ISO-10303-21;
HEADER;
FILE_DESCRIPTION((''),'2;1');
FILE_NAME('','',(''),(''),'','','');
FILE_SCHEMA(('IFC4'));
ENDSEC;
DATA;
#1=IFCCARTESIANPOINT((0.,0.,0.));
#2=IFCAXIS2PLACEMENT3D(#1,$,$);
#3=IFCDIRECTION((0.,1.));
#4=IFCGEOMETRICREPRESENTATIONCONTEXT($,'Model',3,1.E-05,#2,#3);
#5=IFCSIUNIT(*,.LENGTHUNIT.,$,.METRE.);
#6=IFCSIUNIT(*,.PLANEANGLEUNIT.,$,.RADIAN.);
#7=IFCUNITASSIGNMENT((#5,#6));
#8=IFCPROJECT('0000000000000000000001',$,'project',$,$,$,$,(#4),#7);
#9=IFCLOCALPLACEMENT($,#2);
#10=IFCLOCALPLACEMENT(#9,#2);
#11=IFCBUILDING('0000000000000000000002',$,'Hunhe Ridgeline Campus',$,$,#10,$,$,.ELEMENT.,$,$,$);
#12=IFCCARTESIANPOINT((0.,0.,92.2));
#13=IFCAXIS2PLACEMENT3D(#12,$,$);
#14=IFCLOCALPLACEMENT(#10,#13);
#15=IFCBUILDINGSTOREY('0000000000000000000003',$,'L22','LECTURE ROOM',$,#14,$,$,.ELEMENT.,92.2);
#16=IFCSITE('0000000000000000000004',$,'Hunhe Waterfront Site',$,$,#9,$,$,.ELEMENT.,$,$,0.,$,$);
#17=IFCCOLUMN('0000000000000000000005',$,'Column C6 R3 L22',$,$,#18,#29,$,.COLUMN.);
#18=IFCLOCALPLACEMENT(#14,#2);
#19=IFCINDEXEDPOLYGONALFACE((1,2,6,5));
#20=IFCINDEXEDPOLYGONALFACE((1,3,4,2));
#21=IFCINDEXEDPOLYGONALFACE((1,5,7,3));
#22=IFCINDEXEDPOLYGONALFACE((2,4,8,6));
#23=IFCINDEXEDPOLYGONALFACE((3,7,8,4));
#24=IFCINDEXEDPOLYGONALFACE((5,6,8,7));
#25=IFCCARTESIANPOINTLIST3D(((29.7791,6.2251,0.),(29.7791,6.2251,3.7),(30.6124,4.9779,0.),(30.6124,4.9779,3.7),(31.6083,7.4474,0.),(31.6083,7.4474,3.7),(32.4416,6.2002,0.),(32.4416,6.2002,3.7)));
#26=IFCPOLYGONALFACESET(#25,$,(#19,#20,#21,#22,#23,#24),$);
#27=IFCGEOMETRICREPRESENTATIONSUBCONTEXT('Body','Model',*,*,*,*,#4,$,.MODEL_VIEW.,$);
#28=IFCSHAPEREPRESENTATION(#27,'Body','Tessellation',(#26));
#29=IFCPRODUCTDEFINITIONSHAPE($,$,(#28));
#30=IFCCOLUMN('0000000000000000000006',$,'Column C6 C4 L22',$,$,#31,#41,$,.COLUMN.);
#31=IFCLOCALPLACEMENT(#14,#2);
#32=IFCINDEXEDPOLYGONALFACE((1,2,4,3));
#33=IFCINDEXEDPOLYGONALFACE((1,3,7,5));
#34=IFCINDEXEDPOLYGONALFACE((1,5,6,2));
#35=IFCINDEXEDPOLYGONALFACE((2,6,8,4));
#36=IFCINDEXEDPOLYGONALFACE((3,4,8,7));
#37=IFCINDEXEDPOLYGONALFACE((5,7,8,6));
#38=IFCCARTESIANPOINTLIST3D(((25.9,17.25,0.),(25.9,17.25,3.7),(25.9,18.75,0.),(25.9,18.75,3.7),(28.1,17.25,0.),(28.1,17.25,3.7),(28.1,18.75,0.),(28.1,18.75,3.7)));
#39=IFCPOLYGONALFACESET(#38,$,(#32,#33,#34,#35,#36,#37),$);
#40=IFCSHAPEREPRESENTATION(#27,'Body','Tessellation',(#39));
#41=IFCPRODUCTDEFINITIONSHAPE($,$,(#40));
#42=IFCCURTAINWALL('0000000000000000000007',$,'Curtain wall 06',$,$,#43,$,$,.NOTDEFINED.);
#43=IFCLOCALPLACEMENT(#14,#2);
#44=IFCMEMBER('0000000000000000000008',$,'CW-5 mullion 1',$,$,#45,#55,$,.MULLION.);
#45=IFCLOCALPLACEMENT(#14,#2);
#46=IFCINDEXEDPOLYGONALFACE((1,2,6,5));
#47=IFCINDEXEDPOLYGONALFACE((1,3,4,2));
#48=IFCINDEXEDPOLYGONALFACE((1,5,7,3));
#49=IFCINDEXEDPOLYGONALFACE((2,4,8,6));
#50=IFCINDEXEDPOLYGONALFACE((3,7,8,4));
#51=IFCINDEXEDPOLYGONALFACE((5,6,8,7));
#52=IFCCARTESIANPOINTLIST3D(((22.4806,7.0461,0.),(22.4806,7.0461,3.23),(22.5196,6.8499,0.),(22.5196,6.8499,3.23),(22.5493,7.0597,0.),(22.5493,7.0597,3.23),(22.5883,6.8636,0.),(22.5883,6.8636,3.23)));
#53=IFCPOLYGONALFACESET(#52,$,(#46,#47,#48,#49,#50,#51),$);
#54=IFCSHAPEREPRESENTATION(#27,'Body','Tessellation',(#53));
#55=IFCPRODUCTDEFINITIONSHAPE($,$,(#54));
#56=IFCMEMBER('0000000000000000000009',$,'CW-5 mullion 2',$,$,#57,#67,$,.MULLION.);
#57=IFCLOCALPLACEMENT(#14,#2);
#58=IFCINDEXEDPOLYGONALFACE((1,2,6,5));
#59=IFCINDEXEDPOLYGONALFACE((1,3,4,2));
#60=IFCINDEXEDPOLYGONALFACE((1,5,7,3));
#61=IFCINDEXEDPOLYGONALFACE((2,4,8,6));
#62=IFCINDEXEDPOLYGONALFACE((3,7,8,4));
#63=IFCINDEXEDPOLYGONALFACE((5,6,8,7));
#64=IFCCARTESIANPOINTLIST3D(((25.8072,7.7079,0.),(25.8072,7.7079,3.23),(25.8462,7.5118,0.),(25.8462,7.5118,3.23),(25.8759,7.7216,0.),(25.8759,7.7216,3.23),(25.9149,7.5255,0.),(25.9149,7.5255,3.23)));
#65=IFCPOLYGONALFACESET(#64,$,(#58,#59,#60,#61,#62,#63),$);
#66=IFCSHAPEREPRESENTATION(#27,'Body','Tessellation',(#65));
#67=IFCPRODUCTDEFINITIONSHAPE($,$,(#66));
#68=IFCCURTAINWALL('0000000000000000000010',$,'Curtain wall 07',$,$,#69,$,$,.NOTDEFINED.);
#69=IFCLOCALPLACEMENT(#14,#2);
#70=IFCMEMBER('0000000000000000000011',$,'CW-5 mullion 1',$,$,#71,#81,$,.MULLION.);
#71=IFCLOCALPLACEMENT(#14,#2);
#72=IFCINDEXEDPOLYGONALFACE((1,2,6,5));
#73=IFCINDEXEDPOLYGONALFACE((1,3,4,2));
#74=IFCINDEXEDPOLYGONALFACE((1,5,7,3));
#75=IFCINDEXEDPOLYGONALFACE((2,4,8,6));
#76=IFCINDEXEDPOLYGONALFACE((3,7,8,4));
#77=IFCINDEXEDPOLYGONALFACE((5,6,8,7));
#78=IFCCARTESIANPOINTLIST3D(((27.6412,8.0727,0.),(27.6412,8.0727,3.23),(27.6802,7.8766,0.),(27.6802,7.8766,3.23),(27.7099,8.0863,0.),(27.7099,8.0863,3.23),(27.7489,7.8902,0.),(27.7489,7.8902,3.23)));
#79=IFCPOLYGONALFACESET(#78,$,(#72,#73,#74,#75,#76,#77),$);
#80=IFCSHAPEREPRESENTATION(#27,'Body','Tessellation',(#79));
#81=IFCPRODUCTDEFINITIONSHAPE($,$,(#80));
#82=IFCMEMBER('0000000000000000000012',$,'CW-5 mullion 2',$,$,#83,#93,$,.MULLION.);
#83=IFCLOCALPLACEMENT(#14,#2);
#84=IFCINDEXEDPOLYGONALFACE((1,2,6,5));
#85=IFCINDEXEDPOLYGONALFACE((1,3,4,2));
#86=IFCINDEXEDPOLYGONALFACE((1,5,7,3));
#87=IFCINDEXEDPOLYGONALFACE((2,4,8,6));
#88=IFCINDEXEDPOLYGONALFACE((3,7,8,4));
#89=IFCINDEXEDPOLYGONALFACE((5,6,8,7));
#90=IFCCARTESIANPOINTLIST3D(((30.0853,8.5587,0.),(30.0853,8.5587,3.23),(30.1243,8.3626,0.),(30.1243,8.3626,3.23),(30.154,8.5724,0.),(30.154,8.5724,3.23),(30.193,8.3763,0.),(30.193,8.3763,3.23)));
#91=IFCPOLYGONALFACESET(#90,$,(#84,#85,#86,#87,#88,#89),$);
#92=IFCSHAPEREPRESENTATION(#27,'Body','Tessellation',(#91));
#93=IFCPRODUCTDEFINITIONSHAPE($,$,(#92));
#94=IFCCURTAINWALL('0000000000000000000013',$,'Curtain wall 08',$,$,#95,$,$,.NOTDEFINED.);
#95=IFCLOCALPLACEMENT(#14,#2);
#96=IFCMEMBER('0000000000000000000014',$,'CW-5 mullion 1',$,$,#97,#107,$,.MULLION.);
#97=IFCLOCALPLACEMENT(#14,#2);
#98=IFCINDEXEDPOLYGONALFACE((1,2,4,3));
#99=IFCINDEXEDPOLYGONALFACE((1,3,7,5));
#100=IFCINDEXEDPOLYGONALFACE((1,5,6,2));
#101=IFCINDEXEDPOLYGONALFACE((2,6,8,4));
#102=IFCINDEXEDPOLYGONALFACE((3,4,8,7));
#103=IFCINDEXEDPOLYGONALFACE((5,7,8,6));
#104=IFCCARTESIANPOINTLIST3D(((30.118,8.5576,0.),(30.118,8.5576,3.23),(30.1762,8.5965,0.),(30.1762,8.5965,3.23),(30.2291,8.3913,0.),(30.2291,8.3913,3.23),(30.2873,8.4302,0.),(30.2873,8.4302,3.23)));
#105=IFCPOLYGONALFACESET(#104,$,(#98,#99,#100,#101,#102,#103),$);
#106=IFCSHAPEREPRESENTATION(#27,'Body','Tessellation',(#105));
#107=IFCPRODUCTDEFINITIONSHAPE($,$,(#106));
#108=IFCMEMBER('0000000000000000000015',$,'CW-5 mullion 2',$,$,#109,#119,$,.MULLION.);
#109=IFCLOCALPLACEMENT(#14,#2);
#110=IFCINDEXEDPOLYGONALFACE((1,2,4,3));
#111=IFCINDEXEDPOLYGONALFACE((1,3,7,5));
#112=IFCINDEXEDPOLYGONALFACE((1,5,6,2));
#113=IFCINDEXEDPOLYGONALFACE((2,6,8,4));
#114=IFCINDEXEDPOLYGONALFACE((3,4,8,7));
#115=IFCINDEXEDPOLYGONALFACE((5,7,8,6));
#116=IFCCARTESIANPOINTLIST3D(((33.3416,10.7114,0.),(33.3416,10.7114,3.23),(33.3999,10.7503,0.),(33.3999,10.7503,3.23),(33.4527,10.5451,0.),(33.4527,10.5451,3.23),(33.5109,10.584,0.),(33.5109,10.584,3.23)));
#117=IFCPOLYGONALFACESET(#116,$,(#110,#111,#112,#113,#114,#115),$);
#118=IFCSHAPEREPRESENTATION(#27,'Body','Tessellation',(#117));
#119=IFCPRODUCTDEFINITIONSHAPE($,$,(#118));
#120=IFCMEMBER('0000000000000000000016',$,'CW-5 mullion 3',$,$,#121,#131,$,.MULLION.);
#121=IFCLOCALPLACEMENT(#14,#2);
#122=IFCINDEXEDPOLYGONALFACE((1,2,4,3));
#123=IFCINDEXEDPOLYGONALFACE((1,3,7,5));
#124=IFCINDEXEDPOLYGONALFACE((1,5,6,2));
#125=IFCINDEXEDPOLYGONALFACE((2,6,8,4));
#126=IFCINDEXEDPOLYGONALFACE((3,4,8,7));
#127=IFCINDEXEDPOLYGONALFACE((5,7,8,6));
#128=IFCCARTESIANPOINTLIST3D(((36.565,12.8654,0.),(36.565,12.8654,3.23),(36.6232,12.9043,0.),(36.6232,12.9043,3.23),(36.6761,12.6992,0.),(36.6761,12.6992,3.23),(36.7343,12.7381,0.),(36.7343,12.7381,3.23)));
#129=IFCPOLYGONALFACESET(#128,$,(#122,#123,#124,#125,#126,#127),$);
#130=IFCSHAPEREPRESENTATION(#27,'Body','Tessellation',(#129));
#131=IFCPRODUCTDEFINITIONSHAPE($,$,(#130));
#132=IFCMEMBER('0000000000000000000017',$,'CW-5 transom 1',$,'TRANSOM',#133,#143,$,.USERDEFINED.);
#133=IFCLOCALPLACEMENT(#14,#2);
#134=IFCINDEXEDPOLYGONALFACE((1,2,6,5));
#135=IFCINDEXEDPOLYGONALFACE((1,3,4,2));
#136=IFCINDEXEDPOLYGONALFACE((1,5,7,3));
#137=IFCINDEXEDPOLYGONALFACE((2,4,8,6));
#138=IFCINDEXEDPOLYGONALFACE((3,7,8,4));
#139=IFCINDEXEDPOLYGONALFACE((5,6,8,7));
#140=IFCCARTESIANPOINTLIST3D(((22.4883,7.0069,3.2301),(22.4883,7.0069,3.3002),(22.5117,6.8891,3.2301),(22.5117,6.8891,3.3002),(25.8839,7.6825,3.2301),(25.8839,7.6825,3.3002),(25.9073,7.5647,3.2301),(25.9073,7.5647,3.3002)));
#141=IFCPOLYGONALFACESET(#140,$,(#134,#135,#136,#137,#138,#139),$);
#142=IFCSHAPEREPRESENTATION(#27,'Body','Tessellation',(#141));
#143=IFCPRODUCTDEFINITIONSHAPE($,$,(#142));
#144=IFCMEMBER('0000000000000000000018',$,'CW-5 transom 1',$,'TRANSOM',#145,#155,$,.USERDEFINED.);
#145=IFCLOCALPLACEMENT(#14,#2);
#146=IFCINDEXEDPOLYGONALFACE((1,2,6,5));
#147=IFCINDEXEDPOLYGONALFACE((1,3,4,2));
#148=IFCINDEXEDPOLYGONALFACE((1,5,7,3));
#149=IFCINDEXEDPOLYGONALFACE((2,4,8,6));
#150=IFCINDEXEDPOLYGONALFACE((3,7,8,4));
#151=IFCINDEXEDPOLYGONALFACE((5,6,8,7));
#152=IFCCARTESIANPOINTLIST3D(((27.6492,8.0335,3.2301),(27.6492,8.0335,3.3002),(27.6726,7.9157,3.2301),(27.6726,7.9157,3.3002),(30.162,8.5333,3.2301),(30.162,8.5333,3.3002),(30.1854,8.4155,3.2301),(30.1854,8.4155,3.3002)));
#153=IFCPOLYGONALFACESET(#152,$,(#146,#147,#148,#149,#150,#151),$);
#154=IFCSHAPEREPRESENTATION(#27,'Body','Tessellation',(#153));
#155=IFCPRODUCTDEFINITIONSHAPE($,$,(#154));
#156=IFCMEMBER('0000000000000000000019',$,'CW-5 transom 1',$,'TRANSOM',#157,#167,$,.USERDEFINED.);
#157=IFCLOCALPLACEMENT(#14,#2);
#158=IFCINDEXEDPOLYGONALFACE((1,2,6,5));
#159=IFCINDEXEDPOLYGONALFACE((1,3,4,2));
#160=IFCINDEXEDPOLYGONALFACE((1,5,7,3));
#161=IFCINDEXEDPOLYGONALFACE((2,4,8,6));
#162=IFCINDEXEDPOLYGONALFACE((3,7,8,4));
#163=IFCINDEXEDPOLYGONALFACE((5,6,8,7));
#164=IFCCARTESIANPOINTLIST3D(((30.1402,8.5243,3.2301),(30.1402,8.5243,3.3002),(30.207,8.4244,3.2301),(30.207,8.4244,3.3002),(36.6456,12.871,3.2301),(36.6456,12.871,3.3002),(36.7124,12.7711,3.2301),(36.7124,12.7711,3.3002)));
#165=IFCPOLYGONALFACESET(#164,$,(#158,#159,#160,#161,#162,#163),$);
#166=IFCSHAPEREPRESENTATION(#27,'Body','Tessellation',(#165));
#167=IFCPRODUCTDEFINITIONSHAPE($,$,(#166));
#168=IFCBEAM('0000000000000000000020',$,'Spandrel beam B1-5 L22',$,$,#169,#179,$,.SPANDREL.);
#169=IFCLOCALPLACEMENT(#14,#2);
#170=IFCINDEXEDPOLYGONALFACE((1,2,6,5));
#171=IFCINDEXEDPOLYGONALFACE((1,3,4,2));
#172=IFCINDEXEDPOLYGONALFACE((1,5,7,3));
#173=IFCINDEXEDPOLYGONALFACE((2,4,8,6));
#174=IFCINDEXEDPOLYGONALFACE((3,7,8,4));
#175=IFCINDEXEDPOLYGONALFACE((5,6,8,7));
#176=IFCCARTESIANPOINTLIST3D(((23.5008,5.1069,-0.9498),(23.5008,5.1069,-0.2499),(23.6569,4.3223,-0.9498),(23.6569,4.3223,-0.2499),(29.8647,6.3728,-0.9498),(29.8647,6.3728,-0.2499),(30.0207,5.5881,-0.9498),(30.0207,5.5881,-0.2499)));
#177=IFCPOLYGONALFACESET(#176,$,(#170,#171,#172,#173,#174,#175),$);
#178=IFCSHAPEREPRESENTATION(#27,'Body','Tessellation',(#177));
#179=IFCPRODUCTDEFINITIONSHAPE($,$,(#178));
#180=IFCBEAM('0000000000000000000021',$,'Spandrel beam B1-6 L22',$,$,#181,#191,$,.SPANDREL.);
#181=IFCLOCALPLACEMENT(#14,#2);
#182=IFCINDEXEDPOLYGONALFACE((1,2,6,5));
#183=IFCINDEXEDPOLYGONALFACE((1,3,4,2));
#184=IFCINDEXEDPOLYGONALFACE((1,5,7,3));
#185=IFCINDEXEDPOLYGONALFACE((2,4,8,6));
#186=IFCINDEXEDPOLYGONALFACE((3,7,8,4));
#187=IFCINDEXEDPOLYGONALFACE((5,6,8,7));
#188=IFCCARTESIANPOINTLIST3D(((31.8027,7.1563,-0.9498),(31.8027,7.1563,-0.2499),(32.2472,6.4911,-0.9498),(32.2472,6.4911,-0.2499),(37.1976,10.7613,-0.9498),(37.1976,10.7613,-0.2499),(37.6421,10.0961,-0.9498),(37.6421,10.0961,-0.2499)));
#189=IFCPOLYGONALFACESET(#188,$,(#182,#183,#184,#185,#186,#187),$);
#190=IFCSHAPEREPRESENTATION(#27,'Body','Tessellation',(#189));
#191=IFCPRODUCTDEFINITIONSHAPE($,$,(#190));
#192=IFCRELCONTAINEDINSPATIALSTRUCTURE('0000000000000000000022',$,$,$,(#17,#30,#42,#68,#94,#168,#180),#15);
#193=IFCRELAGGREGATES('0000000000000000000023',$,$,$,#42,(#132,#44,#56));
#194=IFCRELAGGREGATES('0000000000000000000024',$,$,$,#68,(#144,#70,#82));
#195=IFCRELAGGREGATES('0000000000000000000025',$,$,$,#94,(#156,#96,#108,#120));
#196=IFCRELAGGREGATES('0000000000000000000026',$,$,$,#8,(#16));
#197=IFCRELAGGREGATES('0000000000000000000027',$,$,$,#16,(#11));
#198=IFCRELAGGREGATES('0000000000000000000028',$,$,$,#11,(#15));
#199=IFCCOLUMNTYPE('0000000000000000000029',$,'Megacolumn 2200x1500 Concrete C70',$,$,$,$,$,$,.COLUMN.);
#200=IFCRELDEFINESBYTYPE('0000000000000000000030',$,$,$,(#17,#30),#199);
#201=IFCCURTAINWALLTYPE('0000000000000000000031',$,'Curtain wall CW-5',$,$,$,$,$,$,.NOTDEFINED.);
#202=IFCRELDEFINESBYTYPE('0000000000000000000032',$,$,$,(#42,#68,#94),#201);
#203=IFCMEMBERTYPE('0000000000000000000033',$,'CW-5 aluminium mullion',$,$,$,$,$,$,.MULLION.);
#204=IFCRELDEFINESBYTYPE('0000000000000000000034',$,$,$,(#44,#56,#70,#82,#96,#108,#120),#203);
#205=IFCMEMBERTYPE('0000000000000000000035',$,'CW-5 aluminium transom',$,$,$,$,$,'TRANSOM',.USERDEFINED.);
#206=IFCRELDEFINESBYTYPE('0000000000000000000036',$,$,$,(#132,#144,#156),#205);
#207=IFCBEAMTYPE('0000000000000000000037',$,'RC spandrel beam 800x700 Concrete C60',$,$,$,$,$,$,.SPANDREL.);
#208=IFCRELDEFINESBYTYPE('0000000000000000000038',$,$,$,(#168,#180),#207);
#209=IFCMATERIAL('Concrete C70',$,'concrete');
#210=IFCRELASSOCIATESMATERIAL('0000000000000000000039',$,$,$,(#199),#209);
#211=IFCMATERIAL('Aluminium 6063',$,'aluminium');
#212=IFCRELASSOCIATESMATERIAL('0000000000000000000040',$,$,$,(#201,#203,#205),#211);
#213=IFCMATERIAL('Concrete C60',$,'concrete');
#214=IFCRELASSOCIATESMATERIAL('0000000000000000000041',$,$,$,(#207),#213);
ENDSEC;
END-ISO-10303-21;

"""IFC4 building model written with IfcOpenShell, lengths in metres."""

from ifc_helpers import new_model, si_unit, direction, frame, origin, origin_2d, place, context, subcontext, project, spatial, rectangle, extrude, material, material_profile, profile_set, type_object, element, aggregate, save


model = new_model("IFC4")

# Units and contexts
model_context = context("Model", 3, precision=1e-05, world=origin(), true_north=direction((0.0, 1.0)))
body_context = subcontext(model_context, "Body", "Model", "MODEL_VIEW")
ifc_project = project(units=[si_unit("LENGTHUNIT", "METRE"), si_unit("PLANEANGLEUNIT", "RADIAN")], contexts=[model_context])

# Site, building, storey
site_placement = place(None, origin())
site = spatial("IfcSite", under=ifc_project, at=site_placement, Name="Hunhe Waterfront Site", CompositionType="ELEMENT", RefElevation=0.0)
building_placement = place(site_placement, origin())
building = spatial("IfcBuilding", under=site, at=building_placement, Name="Hunhe Ridgeline Campus", CompositionType="ELEMENT")
storey_placement = place(building_placement, frame((0.0, 0.0, 92.2)))
storey = spatial("IfcBuildingStorey", under=building, at=storey_placement, Name="L22", Description="LECTURE ROOM", CompositionType="ELEMENT", Elevation=92.2)

# Columns
ifc_material_1 = material(Name="Concrete C70", Category="concrete")
ifc_material_profile_1 = material_profile(ifc_material_1, rectangle(XDim=2.2, YDim=1.5, at=origin_2d()))
ifc_profile_set_1 = profile_set([ifc_material_profile_1], Name="Concrete C70")
column_type = type_object("IfcColumnType", Name="Megacolumn 2200x1500 Concrete C70", PredefinedType="COLUMN", material=ifc_profile_set_1)
for number, where, z_axis, x_axis, name in (
    (1, (31.1104, 6.2126, 0.0), (0.0, 0.0, 1.0), (0.83147, 0.55557, 0.0), "Column C6 R3 L22"),
    (2, (27.0, 18.0, 0.0), (0.0, 0.0, 1.0), (1.0, 0.0, 0.0), "Column C6 C4 L22"),
):
    element("IfcColumn", number, at=place(storey_placement, frame(where, z_axis=z_axis, x_axis=x_axis)), inside=storey, type_object=column_type, Name=name, PredefinedType="COLUMN", context=body_context, shape_type="SweptSolid", body=[
        extrude(rectangle(XDim=2.2, YDim=1.5, at=origin_2d()), origin(), (0.0, 0.0, 1.0), 3.7),
    ])

# Curtain walls, members
ifc_material_2 = material(Name="Aluminium 6063", Category="aluminium")
curtain_wall_type = type_object("IfcCurtainWallType", Name="Curtain wall CW-5", PredefinedType="NOTDEFINED", material=ifc_material_2)
curtain_wall_1_placement = place(storey_placement, origin())
curtain_wall_1 = element("IfcCurtainWall", 3, at=curtain_wall_1_placement, inside=storey, type_object=curtain_wall_type, Name="Curtain wall 06", PredefinedType="NOTDEFINED")
ifc_material_profile_2 = material_profile(ifc_material_2, rectangle(XDim=0.2, YDim=0.0701, at=origin_2d()))
ifc_profile_set_2 = profile_set([ifc_material_profile_2], Name="Aluminium 6063")
member_type_1 = type_object("IfcMemberType", Name="CW-5 aluminium mullion", PredefinedType="MULLION", material=ifc_profile_set_2)
member_1_placement = place(storey_placement, frame((22.5344, 6.9548, 0.0), z_axis=(0.0, 0.0, 1.0), x_axis=(-0.19509, 0.980785, 0.0)))
member_1 = element("IfcMember", 4, at=member_1_placement, type_object=member_type_1, Name="CW-5 mullion 1", PredefinedType="MULLION", context=body_context, shape_type="SweptSolid", body=[
    extrude(rectangle(XDim=0.2, YDim=0.0701, at=origin_2d()), origin(), (0.0, 0.0, 1.0), 3.23),
])
member_2_placement = place(storey_placement, frame((25.8611, 7.6167, 0.0), z_axis=(0.0, 0.0, 1.0), x_axis=(-0.19509, 0.980785, 0.0)))
member_2 = element("IfcMember", 5, at=member_2_placement, type_object=member_type_1, Name="CW-5 mullion 2", PredefinedType="MULLION", context=body_context, shape_type="SweptSolid", body=[
    extrude(rectangle(XDim=0.2, YDim=0.0701, at=origin_2d()), origin(), (0.0, 0.0, 1.0), 3.23),
])
curtain_wall_2_placement = place(storey_placement, origin())
curtain_wall_2 = element("IfcCurtainWall", 6, at=curtain_wall_2_placement, inside=storey, type_object=curtain_wall_type, Name="Curtain wall 07", PredefinedType="NOTDEFINED")
member_3_placement = place(storey_placement, frame((27.6951, 7.9814, 0.0), z_axis=(0.0, 0.0, 1.0), x_axis=(-0.195091, 0.980785, 0.0)))
member_3 = element("IfcMember", 7, at=member_3_placement, type_object=member_type_1, Name="CW-5 mullion 1", PredefinedType="MULLION", context=body_context, shape_type="SweptSolid", body=[
    extrude(rectangle(XDim=0.2, YDim=0.0701, at=origin_2d()), origin(), (0.0, 0.0, 1.0), 3.23),
])
member_4_placement = place(storey_placement, frame((30.1392, 8.4675, 0.0), z_axis=(0.0, 0.0, 1.0), x_axis=(-0.195091, 0.980785, 0.0)))
member_4 = element("IfcMember", 8, at=member_4_placement, type_object=member_type_1, Name="CW-5 mullion 2", PredefinedType="MULLION", context=body_context, shape_type="SweptSolid", body=[
    extrude(rectangle(XDim=0.2, YDim=0.0701, at=origin_2d()), origin(), (0.0, 0.0, 1.0), 3.23),
])
curtain_wall_3_placement = place(storey_placement, origin())
curtain_wall_3 = element("IfcCurtainWall", 9, at=curtain_wall_3_placement, inside=storey, type_object=curtain_wall_type, Name="Curtain wall 08", PredefinedType="NOTDEFINED")
member_5_placement = place(storey_placement, frame((30.2026, 8.4939, 0.0), z_axis=(0.0, 0.0, 1.0), x_axis=(-0.55557, 0.83147, 0.0)))
member_5 = element("IfcMember", 10, at=member_5_placement, type_object=member_type_1, Name="CW-5 mullion 1", PredefinedType="MULLION", context=body_context, shape_type="SweptSolid", body=[
    extrude(rectangle(XDim=0.2, YDim=0.0701, at=origin_2d()), origin(), (0.0, 0.0, 1.0), 3.23),
])
member_6_placement = place(storey_placement, frame((33.4263, 10.6477, 0.0), z_axis=(0.0, 0.0, 1.0), x_axis=(-0.55557, 0.83147, 0.0)))
member_6 = element("IfcMember", 11, at=member_6_placement, type_object=member_type_1, Name="CW-5 mullion 2", PredefinedType="MULLION", context=body_context, shape_type="SweptSolid", body=[
    extrude(rectangle(XDim=0.2, YDim=0.0701, at=origin_2d()), origin(), (0.0, 0.0, 1.0), 3.23),
])
member_7_placement = place(storey_placement, frame((36.6497, 12.8018, 0.0), z_axis=(0.0, 0.0, 1.0), x_axis=(-0.55557, 0.83147, 0.0)))
member_7 = element("IfcMember", 12, at=member_7_placement, type_object=member_type_1, Name="CW-5 mullion 3", PredefinedType="MULLION", context=body_context, shape_type="SweptSolid", body=[
    extrude(rectangle(XDim=0.2, YDim=0.0701, at=origin_2d()), origin(), (0.0, 0.0, 1.0), 3.23),
])

# Members
ifc_material_profile_3 = material_profile(ifc_material_2, rectangle(XDim=0.1201, YDim=0.0701, at=origin_2d()))
ifc_profile_set_3 = profile_set([ifc_material_profile_3], Name="Aluminium 6063")
member_type_2 = type_object("IfcMemberType", Name="CW-5 aluminium transom", ElementType="TRANSOM", PredefinedType="USERDEFINED", material=ifc_profile_set_3)
member_8_placement = place(storey_placement, frame((22.5, 6.948, 3.2651), z_axis=(0.980778, 0.195126, 0.0), x_axis=(-0.195126, 0.980778, 0.0)))
member_8 = element("IfcMember", 13, at=member_8_placement, type_object=member_type_2, Name="CW-5 transom 1", ObjectType="TRANSOM", PredefinedType="USERDEFINED", context=body_context, shape_type="SweptSolid", body=[
    extrude(rectangle(XDim=0.1201, YDim=0.0701, at=origin_2d()), origin(), (0.0, 0.0, 1.0), 3.4622),
])
member_9_placement = place(storey_placement, frame((27.6609, 7.9746, 3.2651), z_axis=(0.980789, 0.195071, 0.0), x_axis=(-0.195071, 0.980789, 0.0)))
member_9 = element("IfcMember", 14, at=member_9_placement, type_object=member_type_2, Name="CW-5 transom 1", ObjectType="TRANSOM", PredefinedType="USERDEFINED", context=body_context, shape_type="SweptSolid", body=[
    extrude(rectangle(XDim=0.1201, YDim=0.0701, at=origin_2d()), origin(), (0.0, 0.0, 1.0), 2.562),
])
member_10_placement = place(storey_placement, frame((30.1736, 8.4744, 3.2651), z_axis=(0.831474, 0.555564, 0.0), x_axis=(-0.555564, 0.831474, 0.0)))
member_10 = element("IfcMember", 15, at=member_10_placement, type_object=member_type_2, Name="CW-5 transom 1", ObjectType="TRANSOM", PredefinedType="USERDEFINED", context=body_context, shape_type="SweptSolid", body=[
    extrude(rectangle(XDim=0.1201, YDim=0.0701, at=origin_2d()), origin(), (0.0, 0.0, 1.0), 7.824),
])

# Beams
ifc_material_3 = material(Name="Concrete C60", Category="concrete")
ifc_material_profile_4 = material_profile(ifc_material_3, rectangle(XDim=0.8, YDim=0.7, at=origin_2d()))
ifc_profile_set_4 = profile_set([ifc_material_profile_4], Name="Concrete C60")
beam_type = type_object("IfcBeamType", Name="RC spandrel beam 800x700 Concrete C60", PredefinedType="SPANDREL", material=ifc_profile_set_4)
for number, where, z_axis, x_axis, name in (
    (16, (23.5789, 4.7146, -0.5999), (0.980784, 0.195096, 0.0), (-0.195096, 0.980784, 0.0), "Spandrel beam B1-5 L22"),
    (17, (32.0249, 6.8237, -0.5999), (0.831459, 0.555586, 0.0), (-0.555586, 0.831459, 0.0), "Spandrel beam B1-6 L22"),
):
    element("IfcBeam", number, at=place(storey_placement, frame(where, z_axis=z_axis, x_axis=x_axis)), inside=storey, type_object=beam_type, Name=name, PredefinedType="SPANDREL", context=body_context, shape_type="SweptSolid", body=[
        extrude(rectangle(XDim=0.8, YDim=0.7, at=origin_2d()), origin(), (0.0, 0.0, 1.0), 6.4885),
    ])

aggregate(curtain_wall_1, [member_8, member_1, member_2])
aggregate(curtain_wall_2, [member_9, member_3, member_4])
aggregate(curtain_wall_3, [member_10, member_5, member_6, member_7])

save(model, "model.ifc")
